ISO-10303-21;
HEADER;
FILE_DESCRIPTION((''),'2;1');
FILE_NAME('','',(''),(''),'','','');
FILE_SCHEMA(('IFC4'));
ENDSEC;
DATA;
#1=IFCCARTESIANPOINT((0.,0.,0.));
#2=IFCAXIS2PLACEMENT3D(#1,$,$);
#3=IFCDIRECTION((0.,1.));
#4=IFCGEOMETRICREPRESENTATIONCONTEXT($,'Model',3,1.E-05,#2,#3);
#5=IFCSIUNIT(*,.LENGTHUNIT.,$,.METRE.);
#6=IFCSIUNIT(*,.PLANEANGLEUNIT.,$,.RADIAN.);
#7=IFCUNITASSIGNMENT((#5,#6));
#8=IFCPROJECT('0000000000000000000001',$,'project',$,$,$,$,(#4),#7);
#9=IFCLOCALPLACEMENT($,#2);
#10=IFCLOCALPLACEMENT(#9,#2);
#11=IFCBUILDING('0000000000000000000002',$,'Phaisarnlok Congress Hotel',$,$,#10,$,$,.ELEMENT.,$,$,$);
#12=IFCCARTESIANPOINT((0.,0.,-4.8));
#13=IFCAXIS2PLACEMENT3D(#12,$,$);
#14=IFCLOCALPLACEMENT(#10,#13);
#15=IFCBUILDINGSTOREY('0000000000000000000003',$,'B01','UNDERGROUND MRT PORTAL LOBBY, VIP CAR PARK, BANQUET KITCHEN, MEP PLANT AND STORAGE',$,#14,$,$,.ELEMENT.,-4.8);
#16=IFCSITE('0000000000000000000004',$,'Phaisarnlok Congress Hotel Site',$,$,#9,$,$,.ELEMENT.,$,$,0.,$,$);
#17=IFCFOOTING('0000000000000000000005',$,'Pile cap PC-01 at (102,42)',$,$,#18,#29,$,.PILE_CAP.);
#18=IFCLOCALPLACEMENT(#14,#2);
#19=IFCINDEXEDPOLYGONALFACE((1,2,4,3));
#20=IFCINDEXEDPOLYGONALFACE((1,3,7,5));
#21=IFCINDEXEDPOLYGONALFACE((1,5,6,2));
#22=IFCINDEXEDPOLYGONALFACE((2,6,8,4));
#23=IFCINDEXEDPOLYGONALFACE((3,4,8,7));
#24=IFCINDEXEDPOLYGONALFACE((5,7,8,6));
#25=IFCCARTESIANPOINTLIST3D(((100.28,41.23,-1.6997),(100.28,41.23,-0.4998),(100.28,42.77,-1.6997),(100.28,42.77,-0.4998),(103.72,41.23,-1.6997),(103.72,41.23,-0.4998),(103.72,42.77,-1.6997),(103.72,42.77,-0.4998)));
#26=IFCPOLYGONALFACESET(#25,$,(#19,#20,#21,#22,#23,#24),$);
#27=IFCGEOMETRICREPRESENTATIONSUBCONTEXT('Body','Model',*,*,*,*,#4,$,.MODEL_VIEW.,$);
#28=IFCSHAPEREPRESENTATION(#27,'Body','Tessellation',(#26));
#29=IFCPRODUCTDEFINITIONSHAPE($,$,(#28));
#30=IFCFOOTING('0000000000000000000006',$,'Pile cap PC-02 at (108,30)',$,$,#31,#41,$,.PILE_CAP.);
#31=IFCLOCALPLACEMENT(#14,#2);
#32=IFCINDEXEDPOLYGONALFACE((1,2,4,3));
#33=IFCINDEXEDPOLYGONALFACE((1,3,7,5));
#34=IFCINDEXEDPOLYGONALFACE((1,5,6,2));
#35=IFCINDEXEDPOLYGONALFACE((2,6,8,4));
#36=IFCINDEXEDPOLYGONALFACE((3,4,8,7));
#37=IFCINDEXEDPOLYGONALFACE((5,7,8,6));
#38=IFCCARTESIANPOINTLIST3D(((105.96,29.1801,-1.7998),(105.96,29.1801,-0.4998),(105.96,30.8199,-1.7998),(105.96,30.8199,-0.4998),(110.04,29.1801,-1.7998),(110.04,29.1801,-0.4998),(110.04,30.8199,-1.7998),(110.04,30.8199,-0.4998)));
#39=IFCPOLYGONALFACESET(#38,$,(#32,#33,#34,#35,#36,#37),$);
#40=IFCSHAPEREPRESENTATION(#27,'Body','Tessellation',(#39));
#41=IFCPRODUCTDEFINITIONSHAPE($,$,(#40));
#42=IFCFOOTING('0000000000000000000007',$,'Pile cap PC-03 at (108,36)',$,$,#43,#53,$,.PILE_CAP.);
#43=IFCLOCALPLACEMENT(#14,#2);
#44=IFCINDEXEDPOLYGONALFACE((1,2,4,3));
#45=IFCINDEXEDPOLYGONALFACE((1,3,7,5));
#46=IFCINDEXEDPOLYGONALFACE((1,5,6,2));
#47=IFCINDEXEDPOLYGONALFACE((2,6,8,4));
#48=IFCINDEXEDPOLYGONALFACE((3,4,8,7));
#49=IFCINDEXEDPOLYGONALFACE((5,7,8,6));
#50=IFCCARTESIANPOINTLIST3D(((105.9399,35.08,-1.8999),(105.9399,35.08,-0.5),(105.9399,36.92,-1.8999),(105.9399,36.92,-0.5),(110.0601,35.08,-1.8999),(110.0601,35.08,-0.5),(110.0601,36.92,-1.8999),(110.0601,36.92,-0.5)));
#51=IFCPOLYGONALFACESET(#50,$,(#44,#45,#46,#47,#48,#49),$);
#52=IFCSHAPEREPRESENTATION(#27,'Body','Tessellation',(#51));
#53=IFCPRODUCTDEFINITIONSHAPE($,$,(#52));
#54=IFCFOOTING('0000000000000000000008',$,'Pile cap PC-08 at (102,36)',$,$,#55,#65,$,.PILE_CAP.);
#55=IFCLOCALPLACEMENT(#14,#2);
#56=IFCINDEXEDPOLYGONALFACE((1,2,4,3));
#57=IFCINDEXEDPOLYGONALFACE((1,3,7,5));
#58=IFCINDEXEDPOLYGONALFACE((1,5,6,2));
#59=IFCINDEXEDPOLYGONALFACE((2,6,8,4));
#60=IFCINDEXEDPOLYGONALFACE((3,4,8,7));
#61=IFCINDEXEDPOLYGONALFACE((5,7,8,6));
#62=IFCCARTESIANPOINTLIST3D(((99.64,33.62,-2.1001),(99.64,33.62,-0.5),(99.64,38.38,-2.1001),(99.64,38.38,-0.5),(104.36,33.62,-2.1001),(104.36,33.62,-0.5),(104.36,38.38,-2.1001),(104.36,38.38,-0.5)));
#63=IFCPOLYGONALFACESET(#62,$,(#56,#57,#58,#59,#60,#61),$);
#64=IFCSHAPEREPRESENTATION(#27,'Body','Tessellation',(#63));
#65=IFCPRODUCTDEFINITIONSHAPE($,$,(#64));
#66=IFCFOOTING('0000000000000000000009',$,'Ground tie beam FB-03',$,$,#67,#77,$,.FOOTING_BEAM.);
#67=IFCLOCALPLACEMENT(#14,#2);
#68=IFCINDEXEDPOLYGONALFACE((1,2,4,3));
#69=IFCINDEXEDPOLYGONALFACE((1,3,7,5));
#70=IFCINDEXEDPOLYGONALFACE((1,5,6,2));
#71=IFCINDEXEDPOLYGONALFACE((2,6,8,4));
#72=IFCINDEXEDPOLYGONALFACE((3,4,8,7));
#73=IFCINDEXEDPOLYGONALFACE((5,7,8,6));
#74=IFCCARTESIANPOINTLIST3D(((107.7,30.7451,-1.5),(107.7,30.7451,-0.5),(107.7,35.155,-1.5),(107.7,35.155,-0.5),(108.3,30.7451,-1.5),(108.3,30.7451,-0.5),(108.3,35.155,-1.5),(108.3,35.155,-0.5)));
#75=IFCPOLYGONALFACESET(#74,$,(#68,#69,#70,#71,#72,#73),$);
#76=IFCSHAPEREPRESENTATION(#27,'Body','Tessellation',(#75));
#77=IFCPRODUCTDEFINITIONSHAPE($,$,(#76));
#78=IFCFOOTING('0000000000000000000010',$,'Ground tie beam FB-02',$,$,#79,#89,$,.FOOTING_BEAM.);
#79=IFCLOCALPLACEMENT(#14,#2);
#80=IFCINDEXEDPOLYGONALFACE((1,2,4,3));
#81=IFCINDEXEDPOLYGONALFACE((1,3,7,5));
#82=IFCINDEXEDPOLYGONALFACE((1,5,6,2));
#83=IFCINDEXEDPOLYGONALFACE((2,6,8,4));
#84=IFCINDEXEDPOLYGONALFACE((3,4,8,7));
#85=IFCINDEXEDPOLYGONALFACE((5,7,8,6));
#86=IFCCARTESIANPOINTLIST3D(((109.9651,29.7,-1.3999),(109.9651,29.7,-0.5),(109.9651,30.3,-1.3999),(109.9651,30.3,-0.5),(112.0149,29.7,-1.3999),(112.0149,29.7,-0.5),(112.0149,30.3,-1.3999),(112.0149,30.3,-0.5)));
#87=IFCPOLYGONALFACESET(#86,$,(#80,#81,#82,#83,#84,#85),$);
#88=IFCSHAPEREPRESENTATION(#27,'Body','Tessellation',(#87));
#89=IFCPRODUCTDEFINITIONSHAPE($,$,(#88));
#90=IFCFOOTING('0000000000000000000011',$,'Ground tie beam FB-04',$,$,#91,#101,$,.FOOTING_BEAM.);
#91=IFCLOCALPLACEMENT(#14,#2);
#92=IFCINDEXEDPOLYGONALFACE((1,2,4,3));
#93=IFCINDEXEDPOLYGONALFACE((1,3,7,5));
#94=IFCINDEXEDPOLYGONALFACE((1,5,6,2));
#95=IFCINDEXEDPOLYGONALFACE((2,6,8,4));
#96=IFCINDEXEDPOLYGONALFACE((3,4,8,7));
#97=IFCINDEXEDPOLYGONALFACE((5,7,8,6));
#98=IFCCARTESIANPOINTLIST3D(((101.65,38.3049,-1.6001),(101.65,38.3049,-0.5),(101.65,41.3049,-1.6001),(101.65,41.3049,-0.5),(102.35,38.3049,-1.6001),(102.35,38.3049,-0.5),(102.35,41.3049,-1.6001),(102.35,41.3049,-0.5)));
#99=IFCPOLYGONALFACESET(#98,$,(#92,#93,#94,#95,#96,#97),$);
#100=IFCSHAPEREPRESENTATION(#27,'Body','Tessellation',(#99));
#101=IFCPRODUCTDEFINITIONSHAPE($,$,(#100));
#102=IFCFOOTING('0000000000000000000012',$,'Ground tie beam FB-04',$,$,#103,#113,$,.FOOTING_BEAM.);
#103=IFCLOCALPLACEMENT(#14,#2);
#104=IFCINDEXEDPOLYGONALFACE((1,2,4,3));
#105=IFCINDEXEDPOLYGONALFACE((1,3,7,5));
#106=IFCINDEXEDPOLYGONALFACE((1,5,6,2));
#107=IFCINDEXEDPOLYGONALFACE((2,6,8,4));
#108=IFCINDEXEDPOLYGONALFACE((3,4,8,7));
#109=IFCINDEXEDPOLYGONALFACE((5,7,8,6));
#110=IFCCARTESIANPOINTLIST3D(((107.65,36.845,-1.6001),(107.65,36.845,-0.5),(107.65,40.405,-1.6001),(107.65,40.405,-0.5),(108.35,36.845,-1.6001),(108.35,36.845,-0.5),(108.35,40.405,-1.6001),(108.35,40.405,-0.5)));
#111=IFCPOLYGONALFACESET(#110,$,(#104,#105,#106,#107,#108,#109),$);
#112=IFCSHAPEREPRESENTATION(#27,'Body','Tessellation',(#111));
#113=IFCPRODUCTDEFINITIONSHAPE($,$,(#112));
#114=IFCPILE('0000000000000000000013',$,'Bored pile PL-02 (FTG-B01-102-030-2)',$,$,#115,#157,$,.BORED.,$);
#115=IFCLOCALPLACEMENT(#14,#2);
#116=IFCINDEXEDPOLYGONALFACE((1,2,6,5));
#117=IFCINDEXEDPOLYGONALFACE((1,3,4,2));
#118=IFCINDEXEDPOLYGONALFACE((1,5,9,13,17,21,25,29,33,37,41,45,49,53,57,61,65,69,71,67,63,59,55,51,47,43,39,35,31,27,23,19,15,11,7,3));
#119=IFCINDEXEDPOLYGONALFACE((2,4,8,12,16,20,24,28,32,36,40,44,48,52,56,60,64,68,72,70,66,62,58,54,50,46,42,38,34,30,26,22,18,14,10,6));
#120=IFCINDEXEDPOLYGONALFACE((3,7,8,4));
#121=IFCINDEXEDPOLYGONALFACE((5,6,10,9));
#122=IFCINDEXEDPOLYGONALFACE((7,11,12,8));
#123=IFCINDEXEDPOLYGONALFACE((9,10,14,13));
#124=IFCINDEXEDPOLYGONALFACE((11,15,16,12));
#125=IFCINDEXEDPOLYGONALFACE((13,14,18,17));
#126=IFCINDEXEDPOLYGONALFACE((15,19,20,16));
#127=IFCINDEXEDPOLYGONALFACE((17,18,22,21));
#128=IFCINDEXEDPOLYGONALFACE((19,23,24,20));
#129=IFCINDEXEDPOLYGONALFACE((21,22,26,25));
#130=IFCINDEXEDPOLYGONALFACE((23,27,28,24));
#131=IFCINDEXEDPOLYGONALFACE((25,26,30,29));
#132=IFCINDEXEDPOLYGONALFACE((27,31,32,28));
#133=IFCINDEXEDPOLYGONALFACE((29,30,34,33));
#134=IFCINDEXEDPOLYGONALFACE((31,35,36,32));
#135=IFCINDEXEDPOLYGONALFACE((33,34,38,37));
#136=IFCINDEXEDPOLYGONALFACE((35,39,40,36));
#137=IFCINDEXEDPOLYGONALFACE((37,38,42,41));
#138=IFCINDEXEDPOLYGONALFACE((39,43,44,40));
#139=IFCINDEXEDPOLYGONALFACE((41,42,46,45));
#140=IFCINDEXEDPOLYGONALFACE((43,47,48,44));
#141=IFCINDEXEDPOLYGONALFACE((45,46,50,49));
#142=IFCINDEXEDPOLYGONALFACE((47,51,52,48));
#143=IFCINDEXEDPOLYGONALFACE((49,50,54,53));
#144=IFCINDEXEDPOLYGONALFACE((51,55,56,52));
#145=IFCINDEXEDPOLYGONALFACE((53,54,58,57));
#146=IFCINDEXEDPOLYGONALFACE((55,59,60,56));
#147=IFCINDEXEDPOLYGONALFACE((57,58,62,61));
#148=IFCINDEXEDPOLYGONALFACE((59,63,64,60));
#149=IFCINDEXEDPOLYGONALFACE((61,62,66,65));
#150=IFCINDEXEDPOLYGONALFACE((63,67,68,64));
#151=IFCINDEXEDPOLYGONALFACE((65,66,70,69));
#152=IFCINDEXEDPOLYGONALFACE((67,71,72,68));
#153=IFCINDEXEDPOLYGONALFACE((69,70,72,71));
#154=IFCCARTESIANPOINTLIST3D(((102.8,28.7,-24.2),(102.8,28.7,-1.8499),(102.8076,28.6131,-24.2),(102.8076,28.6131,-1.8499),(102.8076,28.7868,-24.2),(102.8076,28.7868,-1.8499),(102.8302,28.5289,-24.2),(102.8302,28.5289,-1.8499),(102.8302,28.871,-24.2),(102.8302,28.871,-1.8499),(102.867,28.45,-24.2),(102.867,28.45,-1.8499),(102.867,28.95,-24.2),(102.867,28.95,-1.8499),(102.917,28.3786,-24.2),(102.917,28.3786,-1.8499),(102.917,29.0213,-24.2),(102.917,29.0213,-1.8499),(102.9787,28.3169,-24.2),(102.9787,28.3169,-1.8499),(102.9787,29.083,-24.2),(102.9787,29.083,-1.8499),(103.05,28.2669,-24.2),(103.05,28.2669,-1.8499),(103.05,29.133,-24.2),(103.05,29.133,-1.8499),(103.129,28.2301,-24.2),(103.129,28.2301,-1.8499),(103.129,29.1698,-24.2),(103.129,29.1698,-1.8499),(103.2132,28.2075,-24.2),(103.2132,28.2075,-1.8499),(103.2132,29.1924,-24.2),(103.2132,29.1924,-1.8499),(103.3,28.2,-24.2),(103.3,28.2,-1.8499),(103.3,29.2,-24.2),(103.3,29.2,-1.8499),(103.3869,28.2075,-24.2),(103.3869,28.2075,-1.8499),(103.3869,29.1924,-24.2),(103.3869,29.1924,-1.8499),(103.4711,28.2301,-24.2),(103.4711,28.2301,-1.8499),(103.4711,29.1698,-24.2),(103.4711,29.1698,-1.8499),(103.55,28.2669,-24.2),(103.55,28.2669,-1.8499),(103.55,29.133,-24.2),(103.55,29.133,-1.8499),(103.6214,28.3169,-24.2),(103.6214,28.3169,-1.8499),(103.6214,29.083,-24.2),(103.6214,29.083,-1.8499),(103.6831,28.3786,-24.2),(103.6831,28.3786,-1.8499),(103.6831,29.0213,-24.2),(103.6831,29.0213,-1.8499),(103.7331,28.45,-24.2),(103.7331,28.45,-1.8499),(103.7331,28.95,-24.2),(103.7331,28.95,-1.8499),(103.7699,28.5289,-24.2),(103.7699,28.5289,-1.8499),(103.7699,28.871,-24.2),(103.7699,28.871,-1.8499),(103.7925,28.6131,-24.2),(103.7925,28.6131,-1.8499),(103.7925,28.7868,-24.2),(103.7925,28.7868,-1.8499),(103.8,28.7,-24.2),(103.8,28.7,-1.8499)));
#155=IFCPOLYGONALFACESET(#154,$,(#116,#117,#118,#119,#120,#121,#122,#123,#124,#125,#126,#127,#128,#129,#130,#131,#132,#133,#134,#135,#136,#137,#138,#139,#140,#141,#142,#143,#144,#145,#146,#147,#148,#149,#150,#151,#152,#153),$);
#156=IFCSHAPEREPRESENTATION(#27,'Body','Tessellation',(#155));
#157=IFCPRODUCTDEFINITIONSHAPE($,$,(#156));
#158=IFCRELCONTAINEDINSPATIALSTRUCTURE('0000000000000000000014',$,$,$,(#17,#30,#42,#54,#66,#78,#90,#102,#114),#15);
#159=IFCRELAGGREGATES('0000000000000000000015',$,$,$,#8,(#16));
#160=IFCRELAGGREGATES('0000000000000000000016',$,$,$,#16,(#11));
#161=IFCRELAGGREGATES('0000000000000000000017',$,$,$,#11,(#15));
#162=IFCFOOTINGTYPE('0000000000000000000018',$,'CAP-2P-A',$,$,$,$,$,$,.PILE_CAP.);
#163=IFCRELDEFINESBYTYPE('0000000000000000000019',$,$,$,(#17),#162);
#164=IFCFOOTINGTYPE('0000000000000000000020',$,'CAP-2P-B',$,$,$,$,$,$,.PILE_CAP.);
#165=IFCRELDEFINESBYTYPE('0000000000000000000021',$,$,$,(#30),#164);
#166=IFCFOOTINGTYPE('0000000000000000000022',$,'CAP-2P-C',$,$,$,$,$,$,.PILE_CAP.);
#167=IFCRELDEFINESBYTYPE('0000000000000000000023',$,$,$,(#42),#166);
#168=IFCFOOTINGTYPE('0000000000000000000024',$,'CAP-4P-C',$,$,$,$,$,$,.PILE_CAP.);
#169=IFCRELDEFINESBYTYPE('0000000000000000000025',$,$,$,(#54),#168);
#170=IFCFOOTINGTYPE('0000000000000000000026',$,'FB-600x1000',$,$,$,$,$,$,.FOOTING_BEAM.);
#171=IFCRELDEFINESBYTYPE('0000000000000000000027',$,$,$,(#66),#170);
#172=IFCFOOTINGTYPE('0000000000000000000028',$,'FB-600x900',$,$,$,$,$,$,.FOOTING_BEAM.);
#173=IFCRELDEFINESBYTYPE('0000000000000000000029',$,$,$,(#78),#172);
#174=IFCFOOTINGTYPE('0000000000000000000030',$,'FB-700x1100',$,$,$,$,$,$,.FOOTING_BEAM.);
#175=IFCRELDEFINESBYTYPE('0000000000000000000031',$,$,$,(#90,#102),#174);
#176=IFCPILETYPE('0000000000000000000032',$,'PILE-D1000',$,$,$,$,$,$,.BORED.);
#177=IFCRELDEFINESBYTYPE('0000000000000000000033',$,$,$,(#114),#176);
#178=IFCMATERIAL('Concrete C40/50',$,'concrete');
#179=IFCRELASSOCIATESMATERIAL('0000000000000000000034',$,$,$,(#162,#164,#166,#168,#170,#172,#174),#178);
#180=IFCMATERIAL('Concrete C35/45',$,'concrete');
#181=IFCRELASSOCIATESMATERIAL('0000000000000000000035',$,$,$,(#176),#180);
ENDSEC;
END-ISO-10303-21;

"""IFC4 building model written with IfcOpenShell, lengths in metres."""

from ifc_helpers import new_model, si_unit, direction, frame, origin, origin_2d, place, context, subcontext, project, spatial, rectangle, circle, extrude, material, material_profile, profile_set, type_object, element, save


model = new_model("IFC4")

# Units and contexts
model_context = context("Model", 3, precision=1e-05, world=origin(), true_north=direction((0.0, 1.0)))
body_context = subcontext(model_context, "Body", "Model", "MODEL_VIEW")
ifc_project = project(units=[si_unit("LENGTHUNIT", "METRE"), si_unit("PLANEANGLEUNIT", "RADIAN")], contexts=[model_context])

# Site, building, storey
site_placement = place(None, origin())
site = spatial("IfcSite", under=ifc_project, at=site_placement, Name="Phaisarnlok Congress Hotel Site", CompositionType="ELEMENT", RefElevation=0.0)
building_placement = place(site_placement, origin())
building = spatial("IfcBuilding", under=site, at=building_placement, Name="Phaisarnlok Congress Hotel", CompositionType="ELEMENT")
storey_placement = place(building_placement, frame((0.0, 0.0, -4.8)))
storey = spatial("IfcBuildingStorey", under=building, at=storey_placement, Name="B01", Description="UNDERGROUND MRT PORTAL LOBBY, VIP CAR PARK, BANQUET KITCHEN, MEP PLANT AND STORAGE", CompositionType="ELEMENT", Elevation=-4.8)

# Footings
ifc_material_1 = material(Name="Concrete C40/50", Category="concrete")
footing_type_1 = type_object("IfcFootingType", Name="CAP-2P-A", PredefinedType="PILE_CAP", material=ifc_material_1)
footing_1_placement = place(storey_placement, frame((102.0, 42.0, -1.6997), z_axis=(0.0, 0.0, 1.0), x_axis=(1.0, 0.0, 0.0)))
element("IfcFooting", 1, at=footing_1_placement, inside=storey, type_object=footing_type_1, Name="Pile cap PC-01 at (102,42)", PredefinedType="PILE_CAP", context=body_context, shape_type="SweptSolid", body=[
    extrude(rectangle(XDim=3.4399, YDim=1.54, at=origin_2d()), origin(), (0.0, 0.0, 1.0), 1.2),
])
footing_type_2 = type_object("IfcFootingType", Name="CAP-2P-B", PredefinedType="PILE_CAP", material=ifc_material_1)
footing_2_placement = place(storey_placement, frame((108.0, 30.0, -1.7998), z_axis=(0.0, 0.0, 1.0), x_axis=(1.0, 0.0, 0.0)))
element("IfcFooting", 2, at=footing_2_placement, inside=storey, type_object=footing_type_2, Name="Pile cap PC-02 at (108,30)", PredefinedType="PILE_CAP", context=body_context, shape_type="SweptSolid", body=[
    extrude(rectangle(XDim=4.0801, YDim=1.6399, at=origin_2d()), origin(), (0.0, 0.0, 1.0), 1.3),
])
footing_type_3 = type_object("IfcFootingType", Name="CAP-2P-C", PredefinedType="PILE_CAP", material=ifc_material_1)
footing_3_placement = place(storey_placement, frame((108.0, 36.0, -1.8999), z_axis=(0.0, 0.0, 1.0), x_axis=(1.0, 0.0, 0.0)))
element("IfcFooting", 3, at=footing_3_placement, inside=storey, type_object=footing_type_3, Name="Pile cap PC-03 at (108,36)", PredefinedType="PILE_CAP", context=body_context, shape_type="SweptSolid", body=[
    extrude(rectangle(XDim=4.1201, YDim=1.8401, at=origin_2d()), origin(), (0.0, 0.0, 1.0), 1.3999),
])
footing_type_4 = type_object("IfcFootingType", Name="CAP-4P-C", PredefinedType="PILE_CAP", material=ifc_material_1)
footing_4_placement = place(storey_placement, frame((102.0, 36.0, -2.1001), z_axis=(0.0, 0.0, 1.0), x_axis=(1.0, 0.0, 0.0)))
element("IfcFooting", 4, at=footing_4_placement, inside=storey, type_object=footing_type_4, Name="Pile cap PC-08 at (102,36)", PredefinedType="PILE_CAP", context=body_context, shape_type="SweptSolid", body=[
    extrude(rectangle(XDim=4.72, YDim=4.76, at=origin_2d()), origin(), (0.0, 0.0, 1.0), 1.6001),
])
ifc_material_profile_1 = material_profile(ifc_material_1, rectangle(XDim=0.6001, YDim=1.0, at=origin_2d()), Name="FB-600x1000")
ifc_profile_set_1 = profile_set([ifc_material_profile_1], Name="Concrete C40/50")
footing_type_5 = type_object("IfcFootingType", Name="FB-600x1000", PredefinedType="FOOTING_BEAM", material=ifc_profile_set_1)
footing_5_placement = place(storey_placement, frame((108.0, 30.7451, -1.0), z_axis=(0.0, 1.0, 0.0), x_axis=(-1.0, 0.0, 0.0)))
element("IfcFooting", 5, at=footing_5_placement, inside=storey, type_object=footing_type_5, Name="Ground tie beam FB-03", PredefinedType="FOOTING_BEAM", context=body_context, shape_type="SweptSolid", body=[
    extrude(rectangle(XDim=0.6001, YDim=1.0, at=origin_2d()), origin(), (0.0, 0.0, 1.0), 4.4099),
])
ifc_material_profile_2 = material_profile(ifc_material_1, rectangle(XDim=0.6001, YDim=0.8999, at=origin_2d()), Name="FB-600x900")
ifc_profile_set_2 = profile_set([ifc_material_profile_2], Name="Concrete C40/50")
footing_type_6 = type_object("IfcFootingType", Name="FB-600x900", PredefinedType="FOOTING_BEAM", material=ifc_profile_set_2)
footing_6_placement = place(storey_placement, frame((109.9651, 30.0, -0.95), z_axis=(1.0, 0.0, 0.0), x_axis=(0.0, 1.0, 0.0)))
element("IfcFooting", 6, at=footing_6_placement, inside=storey, type_object=footing_type_6, Name="Ground tie beam FB-02", PredefinedType="FOOTING_BEAM", context=body_context, shape_type="SweptSolid", body=[
    extrude(rectangle(XDim=0.6001, YDim=0.8999, at=origin_2d()), origin(), (0.0, 0.0, 1.0), 2.0498),
])
ifc_material_profile_3 = material_profile(ifc_material_1, rectangle(XDim=0.7, YDim=1.1001, at=origin_2d()), Name="FB-700x1100")
ifc_profile_set_3 = profile_set([ifc_material_profile_3], Name="Concrete C40/50")
footing_type_7 = type_object("IfcFootingType", Name="FB-700x1100", PredefinedType="FOOTING_BEAM", material=ifc_profile_set_3)
footing_7_placement = place(storey_placement, frame((102.0, 38.3049, -1.05), z_axis=(0.0, 1.0, 0.0), x_axis=(-1.0, 0.0, 0.0)))
element("IfcFooting", 7, at=footing_7_placement, inside=storey, type_object=footing_type_7, Name="Ground tie beam FB-04", PredefinedType="FOOTING_BEAM", context=body_context, shape_type="SweptSolid", body=[
    extrude(rectangle(XDim=0.7, YDim=1.1001, at=origin_2d()), origin(), (0.0, 0.0, 1.0), 3.0),
])
footing_8_placement = place(storey_placement, frame((108.0, 36.845, -1.05), z_axis=(0.0, 1.0, 0.0), x_axis=(-1.0, 0.0, 0.0)))
element("IfcFooting", 8, at=footing_8_placement, inside=storey, type_object=footing_type_7, Name="Ground tie beam FB-04", PredefinedType="FOOTING_BEAM", context=body_context, shape_type="SweptSolid", body=[
    extrude(rectangle(XDim=0.7, YDim=1.1001, at=origin_2d()), origin(), (0.0, 0.0, 1.0), 3.5601),
])

# Pile
ifc_material_2 = material(Name="Concrete C35/45", Category="concrete")
ifc_material_profile_4 = material_profile(ifc_material_2, circle(Radius=0.5, at=origin_2d()), Name="BORED PILE D1000")
ifc_profile_set_4 = profile_set([ifc_material_profile_4], Name="Concrete C35/45")
pile_type_1 = type_object("IfcPileType", Name="PILE-D1000", PredefinedType="BORED", material=ifc_profile_set_4)
for number, where, z_axis, x_axis, name in (
    (9, (103.3, 28.7, -1.8499), (0.0, 0.0, -1.0), (1.0, 0.0, 0.0), "Bored pile PL-02 (FTG-B01-102-030-2)"),
):
    element("IfcPile", number, at=place(storey_placement, frame(where, z_axis=z_axis, x_axis=x_axis)), inside=storey, type_object=pile_type_1, Name=name, PredefinedType="BORED", context=body_context, shape_type="SweptSolid", body=[
        extrude(circle(Radius=0.5, at=origin_2d()), origin(), (0.0, 0.0, 1.0), 22.3501),
    ])

save(model, "model.ifc")
